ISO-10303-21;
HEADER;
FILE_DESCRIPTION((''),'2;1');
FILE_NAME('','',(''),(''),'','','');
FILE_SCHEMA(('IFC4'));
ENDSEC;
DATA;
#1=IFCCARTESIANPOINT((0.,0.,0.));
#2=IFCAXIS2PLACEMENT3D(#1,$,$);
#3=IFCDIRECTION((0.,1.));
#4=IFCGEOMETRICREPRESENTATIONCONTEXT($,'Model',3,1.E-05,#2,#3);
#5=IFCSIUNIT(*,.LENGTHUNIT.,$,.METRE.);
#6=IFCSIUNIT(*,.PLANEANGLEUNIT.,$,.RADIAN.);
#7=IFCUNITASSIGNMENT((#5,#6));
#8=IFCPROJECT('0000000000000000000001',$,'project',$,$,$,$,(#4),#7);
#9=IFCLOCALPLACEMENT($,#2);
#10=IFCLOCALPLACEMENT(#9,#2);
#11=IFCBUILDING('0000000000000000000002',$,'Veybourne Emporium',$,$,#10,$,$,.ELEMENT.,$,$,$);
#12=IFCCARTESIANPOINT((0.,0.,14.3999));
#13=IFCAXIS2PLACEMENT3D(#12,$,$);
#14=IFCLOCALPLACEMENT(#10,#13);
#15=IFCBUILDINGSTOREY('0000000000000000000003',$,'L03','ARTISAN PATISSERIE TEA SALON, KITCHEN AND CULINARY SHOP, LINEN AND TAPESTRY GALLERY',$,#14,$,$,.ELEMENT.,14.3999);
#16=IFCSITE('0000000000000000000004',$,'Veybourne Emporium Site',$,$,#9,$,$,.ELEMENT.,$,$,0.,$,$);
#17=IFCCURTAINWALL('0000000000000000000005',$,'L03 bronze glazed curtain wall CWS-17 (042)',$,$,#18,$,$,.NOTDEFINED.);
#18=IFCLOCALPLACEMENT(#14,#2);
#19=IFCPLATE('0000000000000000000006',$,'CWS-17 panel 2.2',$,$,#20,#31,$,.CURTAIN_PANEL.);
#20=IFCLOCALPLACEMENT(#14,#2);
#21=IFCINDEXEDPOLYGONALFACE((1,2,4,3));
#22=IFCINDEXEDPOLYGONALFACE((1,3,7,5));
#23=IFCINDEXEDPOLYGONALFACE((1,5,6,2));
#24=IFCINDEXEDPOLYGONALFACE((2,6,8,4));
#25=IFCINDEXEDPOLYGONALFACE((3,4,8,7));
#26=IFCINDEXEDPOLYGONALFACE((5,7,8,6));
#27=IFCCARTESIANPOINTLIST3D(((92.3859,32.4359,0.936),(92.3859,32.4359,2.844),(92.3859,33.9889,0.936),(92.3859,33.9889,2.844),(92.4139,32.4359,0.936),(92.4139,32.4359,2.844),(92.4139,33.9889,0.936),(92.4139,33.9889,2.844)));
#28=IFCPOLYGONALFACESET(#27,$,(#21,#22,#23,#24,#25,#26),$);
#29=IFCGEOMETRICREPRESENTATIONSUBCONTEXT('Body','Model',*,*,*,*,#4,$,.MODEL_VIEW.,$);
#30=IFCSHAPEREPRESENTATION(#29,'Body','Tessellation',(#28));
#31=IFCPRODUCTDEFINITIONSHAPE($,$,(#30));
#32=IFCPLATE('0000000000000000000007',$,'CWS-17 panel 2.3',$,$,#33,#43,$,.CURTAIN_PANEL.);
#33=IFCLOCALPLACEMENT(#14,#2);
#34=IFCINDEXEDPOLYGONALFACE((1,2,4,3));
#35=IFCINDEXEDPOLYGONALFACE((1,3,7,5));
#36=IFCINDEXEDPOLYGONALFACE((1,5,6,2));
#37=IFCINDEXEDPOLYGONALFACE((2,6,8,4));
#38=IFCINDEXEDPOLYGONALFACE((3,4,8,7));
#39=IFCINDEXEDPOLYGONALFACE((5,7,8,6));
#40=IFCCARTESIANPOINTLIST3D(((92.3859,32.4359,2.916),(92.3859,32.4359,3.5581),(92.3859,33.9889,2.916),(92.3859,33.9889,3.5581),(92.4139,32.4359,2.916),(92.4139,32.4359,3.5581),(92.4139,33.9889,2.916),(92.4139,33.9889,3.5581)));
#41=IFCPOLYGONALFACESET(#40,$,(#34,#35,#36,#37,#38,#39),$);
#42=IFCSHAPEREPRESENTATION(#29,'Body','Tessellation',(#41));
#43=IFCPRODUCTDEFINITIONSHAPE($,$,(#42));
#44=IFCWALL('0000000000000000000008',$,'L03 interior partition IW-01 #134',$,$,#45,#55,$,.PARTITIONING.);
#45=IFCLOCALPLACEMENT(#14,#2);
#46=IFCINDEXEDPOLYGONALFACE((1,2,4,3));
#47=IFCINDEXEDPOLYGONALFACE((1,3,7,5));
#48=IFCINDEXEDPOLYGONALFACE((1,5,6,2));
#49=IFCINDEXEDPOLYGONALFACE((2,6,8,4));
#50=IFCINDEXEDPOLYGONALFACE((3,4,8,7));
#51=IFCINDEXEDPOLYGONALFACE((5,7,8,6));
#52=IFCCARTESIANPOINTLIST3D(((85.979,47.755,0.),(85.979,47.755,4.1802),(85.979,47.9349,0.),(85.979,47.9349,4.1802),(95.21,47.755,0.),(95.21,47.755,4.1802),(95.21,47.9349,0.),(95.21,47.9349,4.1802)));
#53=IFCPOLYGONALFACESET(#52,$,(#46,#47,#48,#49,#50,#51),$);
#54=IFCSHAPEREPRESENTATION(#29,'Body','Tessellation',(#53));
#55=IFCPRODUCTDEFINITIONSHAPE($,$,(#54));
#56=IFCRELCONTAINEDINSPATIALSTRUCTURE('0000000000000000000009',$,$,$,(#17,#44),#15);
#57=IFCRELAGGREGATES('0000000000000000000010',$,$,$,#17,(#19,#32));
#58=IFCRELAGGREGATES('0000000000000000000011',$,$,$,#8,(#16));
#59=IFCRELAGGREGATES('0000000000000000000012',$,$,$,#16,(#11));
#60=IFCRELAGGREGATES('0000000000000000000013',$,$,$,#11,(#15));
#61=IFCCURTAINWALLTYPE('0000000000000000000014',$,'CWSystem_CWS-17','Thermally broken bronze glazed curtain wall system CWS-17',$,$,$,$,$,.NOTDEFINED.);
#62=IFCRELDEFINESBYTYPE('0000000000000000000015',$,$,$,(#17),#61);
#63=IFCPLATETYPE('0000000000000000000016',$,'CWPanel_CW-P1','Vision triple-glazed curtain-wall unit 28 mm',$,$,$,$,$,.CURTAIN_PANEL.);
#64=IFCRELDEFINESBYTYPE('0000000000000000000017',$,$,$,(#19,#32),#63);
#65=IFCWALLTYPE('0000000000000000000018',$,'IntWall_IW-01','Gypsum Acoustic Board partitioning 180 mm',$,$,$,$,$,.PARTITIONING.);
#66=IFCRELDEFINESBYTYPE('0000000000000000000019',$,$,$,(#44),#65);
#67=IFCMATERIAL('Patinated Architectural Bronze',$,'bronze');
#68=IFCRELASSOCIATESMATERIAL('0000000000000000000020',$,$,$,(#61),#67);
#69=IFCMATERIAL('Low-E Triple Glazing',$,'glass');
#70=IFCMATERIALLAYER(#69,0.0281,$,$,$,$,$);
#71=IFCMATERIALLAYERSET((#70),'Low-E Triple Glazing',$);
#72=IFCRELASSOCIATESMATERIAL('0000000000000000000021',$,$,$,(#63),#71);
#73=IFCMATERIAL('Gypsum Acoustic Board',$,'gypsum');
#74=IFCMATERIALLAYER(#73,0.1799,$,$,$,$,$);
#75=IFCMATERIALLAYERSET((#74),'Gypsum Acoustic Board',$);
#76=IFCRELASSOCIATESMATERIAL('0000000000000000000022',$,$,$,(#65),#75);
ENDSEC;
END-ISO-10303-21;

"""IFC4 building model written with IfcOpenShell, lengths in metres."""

from ifc_helpers import new_model, si_unit, direction, frame, frame_2d, origin, origin_2d, place, context, subcontext, project, spatial, rectangle, extrude, material, layer, layer_set, type_object, element, aggregate, save


model = new_model("IFC4")

# Units and contexts
model_context = context("Model", 3, precision=1e-05, world=origin(), true_north=direction((0.0, 1.0)))
body_context = subcontext(model_context, "Body", "Model", "MODEL_VIEW")
ifc_project = project(units=[si_unit("LENGTHUNIT", "METRE"), si_unit("PLANEANGLEUNIT", "RADIAN")], contexts=[model_context])

# Site, building, storey
site_placement = place(None, origin())
site = spatial("IfcSite", under=ifc_project, at=site_placement, Name="Veybourne Emporium Site", CompositionType="ELEMENT", RefElevation=0.0)
building_placement = place(site_placement, origin())
building = spatial("IfcBuilding", under=site, at=building_placement, Name="Veybourne Emporium", CompositionType="ELEMENT")
storey_placement = place(building_placement, frame((0.0, 0.0, 14.3999)))
storey = spatial("IfcBuildingStorey", under=building, at=storey_placement, Name="L03", Description="ARTISAN PATISSERIE TEA SALON, KITCHEN AND CULINARY SHOP, LINEN AND TAPESTRY GALLERY", CompositionType="ELEMENT", Elevation=14.3999)

# Curtain wall
ifc_material_1 = material(Name="Patinated Architectural Bronze", Category="bronze")
curtain_wall_type = type_object("IfcCurtainWallType", Name="CWSystem_CWS-17", Description="Thermally broken bronze glazed curtain wall system CWS-17", PredefinedType="NOTDEFINED", material=ifc_material_1)
curtain_wall_placement = place(storey_placement, origin())
curtain_wall = element("IfcCurtainWall", 1, at=curtain_wall_placement, inside=storey, type_object=curtain_wall_type, Name="L03 bronze glazed curtain wall CWS-17 (042)", PredefinedType="NOTDEFINED")

# Plates
ifc_material_2 = material(Name="Low-E Triple Glazing", Category="glass")
ifc_layer_1 = layer(ifc_material_2, 0.0281)
ifc_layer_set_1 = layer_set([ifc_layer_1], Name="Low-E Triple Glazing")
plate_type = type_object("IfcPlateType", Name="CWPanel_CW-P1", Description="Vision triple-glazed curtain-wall unit 28 mm", PredefinedType="CURTAIN_PANEL", material=ifc_layer_set_1)
plate_1_placement = place(storey_placement, frame((92.3999, 33.2124, 0.936), z_axis=(0.0, 0.0, 1.0), x_axis=(0.0, -1.0, 0.0)))
plate_1 = element("IfcPlate", 2, at=plate_1_placement, type_object=plate_type, Name="CWS-17 panel 2.2", PredefinedType="CURTAIN_PANEL", context=body_context, shape_type="SweptSolid", body=[
    extrude(rectangle(XDim=1.553, YDim=0.0281, at=origin_2d()), origin(), (0.0, 0.0, 1.0), 1.908),
])
plate_2_placement = place(storey_placement, frame((92.3999, 33.2124, 2.916), z_axis=(0.0, 0.0, 1.0), x_axis=(0.0, -1.0, 0.0)))
plate_2 = element("IfcPlate", 3, at=plate_2_placement, type_object=plate_type, Name="CWS-17 panel 2.3", PredefinedType="CURTAIN_PANEL", context=body_context, shape_type="SweptSolid", body=[
    extrude(rectangle(XDim=1.553, YDim=0.0281, at=origin_2d()), origin(), (0.0, 0.0, 1.0), 0.6421),
])
aggregate(curtain_wall, [plate_1, plate_2])

# Wall
ifc_material_3 = material(Name="Gypsum Acoustic Board", Category="gypsum")
ifc_layer_2 = layer(ifc_material_3, 0.1799)
ifc_layer_set_2 = layer_set([ifc_layer_2], Name="Gypsum Acoustic Board")
wall_type = type_object("IfcWallType", Name="IntWall_IW-01", Description="Gypsum Acoustic Board partitioning 180 mm", PredefinedType="PARTITIONING", material=ifc_layer_set_2)
wall_placement = place(storey_placement, frame((85.979, 47.845, 0.0), z_axis=(0.0, 0.0, 1.0), x_axis=(1.0, 0.0, 0.0)))
element("IfcWall", 4, at=wall_placement, inside=storey, type_object=wall_type, Name="L03 interior partition IW-01 #134", PredefinedType="PARTITIONING", context=body_context, shape_type="SweptSolid", body=[
    extrude(rectangle(XDim=9.231, YDim=0.1799, at=frame_2d((4.6155, 0.0))), origin(), (0.0, 0.0, 1.0), 4.1802),
])

save(model, "model.ifc")
